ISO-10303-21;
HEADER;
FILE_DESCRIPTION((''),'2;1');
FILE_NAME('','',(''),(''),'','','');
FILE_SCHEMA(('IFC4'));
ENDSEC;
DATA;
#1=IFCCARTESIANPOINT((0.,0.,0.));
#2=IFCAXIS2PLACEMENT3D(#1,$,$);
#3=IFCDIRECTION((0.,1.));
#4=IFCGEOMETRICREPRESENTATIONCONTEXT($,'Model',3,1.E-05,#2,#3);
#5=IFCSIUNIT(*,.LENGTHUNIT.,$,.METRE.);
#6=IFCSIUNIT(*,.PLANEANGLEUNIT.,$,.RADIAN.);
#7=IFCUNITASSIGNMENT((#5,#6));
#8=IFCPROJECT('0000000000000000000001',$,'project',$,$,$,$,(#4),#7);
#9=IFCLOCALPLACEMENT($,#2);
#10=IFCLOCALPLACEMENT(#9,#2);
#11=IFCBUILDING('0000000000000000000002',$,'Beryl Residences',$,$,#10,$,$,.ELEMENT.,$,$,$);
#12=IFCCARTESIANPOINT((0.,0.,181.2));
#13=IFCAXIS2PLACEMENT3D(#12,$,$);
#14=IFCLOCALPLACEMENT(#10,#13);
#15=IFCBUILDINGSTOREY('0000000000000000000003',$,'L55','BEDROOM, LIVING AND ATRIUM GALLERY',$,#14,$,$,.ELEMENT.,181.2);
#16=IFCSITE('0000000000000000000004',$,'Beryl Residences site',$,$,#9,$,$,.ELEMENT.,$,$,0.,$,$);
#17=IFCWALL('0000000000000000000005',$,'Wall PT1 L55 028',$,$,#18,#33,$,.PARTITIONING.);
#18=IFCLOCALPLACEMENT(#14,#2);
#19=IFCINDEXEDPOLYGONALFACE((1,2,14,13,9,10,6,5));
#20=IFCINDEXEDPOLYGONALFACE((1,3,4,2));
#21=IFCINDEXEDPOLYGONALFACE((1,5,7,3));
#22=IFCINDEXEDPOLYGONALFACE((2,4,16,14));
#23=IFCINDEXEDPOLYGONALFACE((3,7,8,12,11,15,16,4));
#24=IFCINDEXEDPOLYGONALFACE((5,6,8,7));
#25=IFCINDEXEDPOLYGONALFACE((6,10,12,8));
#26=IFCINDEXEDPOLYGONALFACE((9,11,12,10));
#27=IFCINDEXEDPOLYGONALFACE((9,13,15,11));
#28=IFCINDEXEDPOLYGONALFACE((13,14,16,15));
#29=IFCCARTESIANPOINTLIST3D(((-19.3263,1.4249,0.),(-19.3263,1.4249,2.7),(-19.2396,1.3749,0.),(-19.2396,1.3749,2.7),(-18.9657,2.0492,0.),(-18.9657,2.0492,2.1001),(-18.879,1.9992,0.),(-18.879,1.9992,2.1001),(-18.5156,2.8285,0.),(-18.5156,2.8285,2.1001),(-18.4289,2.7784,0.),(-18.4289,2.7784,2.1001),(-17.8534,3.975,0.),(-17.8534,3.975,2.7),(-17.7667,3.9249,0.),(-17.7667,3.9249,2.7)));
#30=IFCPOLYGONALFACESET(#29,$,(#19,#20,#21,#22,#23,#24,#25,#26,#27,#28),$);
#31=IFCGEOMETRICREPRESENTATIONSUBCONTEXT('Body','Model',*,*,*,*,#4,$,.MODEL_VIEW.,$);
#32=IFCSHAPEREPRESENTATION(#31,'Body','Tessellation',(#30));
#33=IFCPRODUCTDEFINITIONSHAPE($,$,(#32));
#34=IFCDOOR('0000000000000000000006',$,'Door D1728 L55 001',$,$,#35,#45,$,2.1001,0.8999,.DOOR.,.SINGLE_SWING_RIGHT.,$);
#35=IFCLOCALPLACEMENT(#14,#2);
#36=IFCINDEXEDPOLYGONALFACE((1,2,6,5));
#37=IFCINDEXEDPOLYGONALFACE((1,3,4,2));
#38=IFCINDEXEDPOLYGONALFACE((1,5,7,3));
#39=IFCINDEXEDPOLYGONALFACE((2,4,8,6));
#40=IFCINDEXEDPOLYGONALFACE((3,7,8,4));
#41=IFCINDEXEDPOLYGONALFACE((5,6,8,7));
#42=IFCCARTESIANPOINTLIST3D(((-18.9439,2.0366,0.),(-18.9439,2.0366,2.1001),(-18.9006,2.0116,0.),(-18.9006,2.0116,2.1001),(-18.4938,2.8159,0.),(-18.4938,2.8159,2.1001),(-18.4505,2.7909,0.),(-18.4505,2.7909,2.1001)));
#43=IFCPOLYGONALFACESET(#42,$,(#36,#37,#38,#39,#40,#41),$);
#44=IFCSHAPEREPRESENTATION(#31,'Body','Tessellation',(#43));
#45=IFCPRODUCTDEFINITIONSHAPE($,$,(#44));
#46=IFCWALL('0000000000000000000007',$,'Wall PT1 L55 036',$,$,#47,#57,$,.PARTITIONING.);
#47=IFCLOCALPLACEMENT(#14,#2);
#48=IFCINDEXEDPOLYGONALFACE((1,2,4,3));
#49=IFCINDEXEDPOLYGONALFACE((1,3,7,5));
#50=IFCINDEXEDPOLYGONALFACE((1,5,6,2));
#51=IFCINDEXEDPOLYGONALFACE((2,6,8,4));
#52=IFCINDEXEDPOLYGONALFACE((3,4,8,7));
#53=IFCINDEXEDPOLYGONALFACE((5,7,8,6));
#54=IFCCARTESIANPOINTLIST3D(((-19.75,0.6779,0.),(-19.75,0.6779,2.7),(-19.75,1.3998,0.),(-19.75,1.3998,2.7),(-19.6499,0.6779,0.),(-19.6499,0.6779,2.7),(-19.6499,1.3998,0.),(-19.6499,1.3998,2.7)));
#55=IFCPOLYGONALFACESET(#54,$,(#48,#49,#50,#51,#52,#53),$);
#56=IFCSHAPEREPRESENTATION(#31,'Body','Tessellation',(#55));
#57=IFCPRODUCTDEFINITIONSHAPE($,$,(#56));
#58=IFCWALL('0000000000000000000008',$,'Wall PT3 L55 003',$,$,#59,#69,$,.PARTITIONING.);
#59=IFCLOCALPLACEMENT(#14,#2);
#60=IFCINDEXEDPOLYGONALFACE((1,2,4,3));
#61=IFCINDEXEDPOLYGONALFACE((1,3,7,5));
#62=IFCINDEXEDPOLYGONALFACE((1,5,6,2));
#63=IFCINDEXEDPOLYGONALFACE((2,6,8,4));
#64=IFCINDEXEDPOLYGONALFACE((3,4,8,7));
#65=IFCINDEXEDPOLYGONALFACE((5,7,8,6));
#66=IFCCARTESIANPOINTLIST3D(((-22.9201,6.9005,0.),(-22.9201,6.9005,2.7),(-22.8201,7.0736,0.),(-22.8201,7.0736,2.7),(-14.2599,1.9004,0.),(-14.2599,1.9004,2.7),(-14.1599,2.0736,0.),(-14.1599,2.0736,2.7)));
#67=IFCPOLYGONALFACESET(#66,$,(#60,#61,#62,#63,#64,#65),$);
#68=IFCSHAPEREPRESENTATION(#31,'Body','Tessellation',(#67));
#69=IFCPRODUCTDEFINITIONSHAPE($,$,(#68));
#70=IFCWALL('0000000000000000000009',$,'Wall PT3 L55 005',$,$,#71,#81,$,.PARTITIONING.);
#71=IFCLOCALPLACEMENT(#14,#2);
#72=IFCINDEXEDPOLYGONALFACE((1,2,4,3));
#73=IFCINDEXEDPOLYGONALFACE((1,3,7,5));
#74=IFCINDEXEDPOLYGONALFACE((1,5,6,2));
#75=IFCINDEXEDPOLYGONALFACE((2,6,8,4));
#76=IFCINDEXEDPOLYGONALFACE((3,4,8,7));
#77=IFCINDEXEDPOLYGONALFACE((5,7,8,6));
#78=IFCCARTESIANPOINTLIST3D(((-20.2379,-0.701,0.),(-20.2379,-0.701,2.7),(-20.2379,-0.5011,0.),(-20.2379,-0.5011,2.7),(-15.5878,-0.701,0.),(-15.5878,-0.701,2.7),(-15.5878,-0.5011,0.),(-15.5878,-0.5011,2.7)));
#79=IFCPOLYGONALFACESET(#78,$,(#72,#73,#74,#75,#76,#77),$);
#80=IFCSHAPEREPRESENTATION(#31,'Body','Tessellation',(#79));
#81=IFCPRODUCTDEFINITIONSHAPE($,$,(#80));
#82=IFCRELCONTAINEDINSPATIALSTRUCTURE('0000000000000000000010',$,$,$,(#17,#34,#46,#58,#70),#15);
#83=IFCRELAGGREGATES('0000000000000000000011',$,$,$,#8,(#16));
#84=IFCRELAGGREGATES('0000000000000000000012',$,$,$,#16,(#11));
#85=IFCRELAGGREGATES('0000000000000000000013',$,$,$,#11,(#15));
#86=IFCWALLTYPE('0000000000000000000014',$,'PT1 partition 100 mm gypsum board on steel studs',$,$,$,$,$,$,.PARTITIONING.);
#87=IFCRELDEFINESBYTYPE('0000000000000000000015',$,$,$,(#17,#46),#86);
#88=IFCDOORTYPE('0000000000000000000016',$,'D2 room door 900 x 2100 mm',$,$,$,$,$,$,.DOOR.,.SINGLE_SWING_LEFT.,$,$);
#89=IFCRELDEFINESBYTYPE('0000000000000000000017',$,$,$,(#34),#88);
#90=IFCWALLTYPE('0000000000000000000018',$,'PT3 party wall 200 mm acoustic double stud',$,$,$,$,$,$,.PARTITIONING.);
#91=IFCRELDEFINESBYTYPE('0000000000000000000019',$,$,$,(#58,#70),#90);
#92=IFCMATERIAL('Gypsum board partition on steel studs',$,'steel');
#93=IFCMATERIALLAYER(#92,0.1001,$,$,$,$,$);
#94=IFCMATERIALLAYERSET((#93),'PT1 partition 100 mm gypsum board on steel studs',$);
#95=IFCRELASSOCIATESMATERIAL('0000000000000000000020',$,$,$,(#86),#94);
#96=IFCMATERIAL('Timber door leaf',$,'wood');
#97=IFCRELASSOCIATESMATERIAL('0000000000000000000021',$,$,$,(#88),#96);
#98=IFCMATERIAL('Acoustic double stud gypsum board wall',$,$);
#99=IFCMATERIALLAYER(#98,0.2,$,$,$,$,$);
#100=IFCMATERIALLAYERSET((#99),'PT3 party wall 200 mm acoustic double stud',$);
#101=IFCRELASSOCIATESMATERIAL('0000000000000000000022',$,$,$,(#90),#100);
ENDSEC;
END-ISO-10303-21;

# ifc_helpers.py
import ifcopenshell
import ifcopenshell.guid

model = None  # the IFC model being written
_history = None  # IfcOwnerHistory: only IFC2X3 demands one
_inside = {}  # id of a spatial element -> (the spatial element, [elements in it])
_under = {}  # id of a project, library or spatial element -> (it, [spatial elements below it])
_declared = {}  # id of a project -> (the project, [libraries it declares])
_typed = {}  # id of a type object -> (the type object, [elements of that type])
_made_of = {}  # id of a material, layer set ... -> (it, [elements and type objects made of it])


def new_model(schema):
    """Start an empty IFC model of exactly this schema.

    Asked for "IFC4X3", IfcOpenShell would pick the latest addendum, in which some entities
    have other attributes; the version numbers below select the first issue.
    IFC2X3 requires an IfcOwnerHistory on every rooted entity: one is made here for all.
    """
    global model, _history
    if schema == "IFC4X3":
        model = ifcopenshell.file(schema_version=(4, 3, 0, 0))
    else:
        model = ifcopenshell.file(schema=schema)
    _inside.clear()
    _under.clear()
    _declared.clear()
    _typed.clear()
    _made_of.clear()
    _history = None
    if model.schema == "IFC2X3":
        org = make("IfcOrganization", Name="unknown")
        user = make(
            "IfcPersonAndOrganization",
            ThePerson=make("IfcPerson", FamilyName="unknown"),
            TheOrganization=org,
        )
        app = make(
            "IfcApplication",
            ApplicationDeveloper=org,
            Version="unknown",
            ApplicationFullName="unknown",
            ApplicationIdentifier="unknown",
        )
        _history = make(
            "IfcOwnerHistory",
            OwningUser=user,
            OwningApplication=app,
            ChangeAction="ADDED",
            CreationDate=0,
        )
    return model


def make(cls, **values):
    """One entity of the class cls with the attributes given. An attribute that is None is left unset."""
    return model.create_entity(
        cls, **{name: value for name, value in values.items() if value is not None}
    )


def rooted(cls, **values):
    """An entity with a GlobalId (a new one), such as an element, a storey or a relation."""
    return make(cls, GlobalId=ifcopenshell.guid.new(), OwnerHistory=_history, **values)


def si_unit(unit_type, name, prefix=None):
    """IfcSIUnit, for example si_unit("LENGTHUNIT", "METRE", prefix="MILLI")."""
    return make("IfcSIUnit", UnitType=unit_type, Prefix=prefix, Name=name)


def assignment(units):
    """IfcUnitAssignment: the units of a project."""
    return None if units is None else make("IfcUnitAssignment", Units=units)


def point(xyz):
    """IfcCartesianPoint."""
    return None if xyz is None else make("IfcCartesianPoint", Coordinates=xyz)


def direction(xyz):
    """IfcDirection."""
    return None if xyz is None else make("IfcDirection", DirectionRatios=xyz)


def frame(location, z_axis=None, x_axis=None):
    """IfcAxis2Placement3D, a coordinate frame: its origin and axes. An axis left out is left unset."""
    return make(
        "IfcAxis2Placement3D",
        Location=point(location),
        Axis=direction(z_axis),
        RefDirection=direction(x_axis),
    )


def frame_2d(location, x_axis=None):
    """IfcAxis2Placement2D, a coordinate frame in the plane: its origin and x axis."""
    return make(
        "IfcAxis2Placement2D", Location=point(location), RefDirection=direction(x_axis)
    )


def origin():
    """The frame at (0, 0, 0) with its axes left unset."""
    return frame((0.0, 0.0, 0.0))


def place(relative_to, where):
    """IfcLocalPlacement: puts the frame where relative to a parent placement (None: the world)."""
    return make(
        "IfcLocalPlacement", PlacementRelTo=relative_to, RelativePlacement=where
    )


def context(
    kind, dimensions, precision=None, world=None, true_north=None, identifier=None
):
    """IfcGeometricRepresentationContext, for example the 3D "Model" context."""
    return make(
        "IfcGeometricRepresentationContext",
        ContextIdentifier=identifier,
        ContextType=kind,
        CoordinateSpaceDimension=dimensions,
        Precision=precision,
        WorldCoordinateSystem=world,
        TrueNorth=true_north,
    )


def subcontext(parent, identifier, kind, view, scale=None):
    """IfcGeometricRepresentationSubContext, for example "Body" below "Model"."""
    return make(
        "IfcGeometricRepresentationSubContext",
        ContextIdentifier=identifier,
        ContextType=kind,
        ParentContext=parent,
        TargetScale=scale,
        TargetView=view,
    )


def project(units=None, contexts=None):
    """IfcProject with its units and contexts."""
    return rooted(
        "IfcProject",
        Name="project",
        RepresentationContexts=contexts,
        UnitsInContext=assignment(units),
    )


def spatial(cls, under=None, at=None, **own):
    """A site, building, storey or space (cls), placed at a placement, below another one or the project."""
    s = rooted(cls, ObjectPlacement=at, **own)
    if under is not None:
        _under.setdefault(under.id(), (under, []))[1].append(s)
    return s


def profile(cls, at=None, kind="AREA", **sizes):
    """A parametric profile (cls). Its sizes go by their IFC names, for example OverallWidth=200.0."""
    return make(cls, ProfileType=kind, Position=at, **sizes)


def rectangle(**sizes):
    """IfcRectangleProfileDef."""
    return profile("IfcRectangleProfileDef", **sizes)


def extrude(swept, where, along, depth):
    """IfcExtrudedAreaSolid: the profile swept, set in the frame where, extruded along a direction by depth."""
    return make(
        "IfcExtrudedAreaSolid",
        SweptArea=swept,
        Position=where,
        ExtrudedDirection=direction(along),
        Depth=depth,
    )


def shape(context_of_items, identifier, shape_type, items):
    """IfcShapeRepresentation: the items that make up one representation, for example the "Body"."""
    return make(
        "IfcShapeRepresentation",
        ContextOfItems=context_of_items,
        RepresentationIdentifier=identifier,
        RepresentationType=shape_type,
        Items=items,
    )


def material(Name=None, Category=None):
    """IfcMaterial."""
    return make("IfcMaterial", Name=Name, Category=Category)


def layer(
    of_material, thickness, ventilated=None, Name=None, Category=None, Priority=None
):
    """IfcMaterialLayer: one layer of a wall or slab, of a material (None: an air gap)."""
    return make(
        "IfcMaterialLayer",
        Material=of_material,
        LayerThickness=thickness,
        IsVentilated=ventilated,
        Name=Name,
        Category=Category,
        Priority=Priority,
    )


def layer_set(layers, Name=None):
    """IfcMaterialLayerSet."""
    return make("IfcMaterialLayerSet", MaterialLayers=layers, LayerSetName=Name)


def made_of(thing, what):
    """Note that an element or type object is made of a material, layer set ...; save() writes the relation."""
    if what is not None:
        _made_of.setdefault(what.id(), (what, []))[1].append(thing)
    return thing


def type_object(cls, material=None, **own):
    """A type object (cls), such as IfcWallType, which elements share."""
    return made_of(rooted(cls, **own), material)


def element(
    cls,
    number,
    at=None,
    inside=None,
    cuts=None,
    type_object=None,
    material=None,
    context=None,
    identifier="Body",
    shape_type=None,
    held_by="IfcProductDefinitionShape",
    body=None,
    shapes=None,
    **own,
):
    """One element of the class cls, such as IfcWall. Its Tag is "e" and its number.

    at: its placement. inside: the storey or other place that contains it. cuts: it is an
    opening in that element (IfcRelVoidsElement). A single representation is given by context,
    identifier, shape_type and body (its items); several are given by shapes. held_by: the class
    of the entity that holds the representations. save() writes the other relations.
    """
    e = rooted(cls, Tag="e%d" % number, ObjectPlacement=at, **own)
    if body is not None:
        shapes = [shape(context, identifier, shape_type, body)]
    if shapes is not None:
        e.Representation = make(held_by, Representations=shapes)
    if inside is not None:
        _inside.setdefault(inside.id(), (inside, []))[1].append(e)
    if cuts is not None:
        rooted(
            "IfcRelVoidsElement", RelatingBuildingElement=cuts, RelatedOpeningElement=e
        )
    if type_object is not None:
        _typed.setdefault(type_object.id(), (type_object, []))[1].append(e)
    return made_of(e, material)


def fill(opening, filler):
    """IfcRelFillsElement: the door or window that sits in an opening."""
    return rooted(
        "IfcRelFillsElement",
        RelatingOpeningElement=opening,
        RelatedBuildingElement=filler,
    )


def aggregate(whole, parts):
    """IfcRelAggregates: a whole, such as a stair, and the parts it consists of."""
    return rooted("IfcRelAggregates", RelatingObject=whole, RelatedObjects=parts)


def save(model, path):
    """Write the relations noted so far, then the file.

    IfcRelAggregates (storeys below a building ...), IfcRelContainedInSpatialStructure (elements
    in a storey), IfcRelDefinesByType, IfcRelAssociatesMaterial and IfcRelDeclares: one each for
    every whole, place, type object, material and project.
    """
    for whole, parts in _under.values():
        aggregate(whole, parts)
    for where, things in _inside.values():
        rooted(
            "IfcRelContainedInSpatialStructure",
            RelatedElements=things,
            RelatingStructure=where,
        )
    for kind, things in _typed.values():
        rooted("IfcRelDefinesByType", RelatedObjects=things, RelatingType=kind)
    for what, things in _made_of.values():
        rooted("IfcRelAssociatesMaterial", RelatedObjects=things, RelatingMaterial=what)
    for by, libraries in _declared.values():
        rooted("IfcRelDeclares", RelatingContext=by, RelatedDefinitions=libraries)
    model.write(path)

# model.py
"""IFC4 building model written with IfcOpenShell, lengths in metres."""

from ifc_helpers import new_model, si_unit, direction, frame, frame_2d, origin, place, context, subcontext, project, spatial, rectangle, extrude, material, layer, layer_set, type_object, element, fill, save


model = new_model("IFC4")

# Units and contexts
model_context = context("Model", 3, precision=1e-05, world=origin(), true_north=direction((0.0, 1.0)))
body_context = subcontext(model_context, "Body", "Model", "MODEL_VIEW")
ifc_project = project(units=[si_unit("LENGTHUNIT", "METRE"), si_unit("PLANEANGLEUNIT", "RADIAN")], contexts=[model_context])

# Site, building, storey
site_placement = place(None, origin())
site = spatial("IfcSite", under=ifc_project, at=site_placement, Name="Beryl Residences site", CompositionType="ELEMENT", RefElevation=0.0)
building_placement = place(site_placement, origin())
building = spatial("IfcBuilding", under=site, at=building_placement, Name="Beryl Residences", CompositionType="ELEMENT")
storey_placement = place(building_placement, frame((0.0, 0.0, 181.2)))
storey = spatial("IfcBuildingStorey", under=building, at=storey_placement, Name="L55", Description="BEDROOM, LIVING AND ATRIUM GALLERY", CompositionType="ELEMENT", Elevation=181.2)

# Shared definitions
ifc_material_1 = material(Name="Gypsum board partition on steel studs", Category="steel")
ifc_layer_1 = layer(ifc_material_1, 0.1001)
ifc_layer_set_1 = layer_set([ifc_layer_1], Name="PT1 partition 100 mm gypsum board on steel studs")
wall_type_1 = type_object("IfcWallType", Name="PT1 partition 100 mm gypsum board on steel studs", PredefinedType="PARTITIONING", material=ifc_layer_set_1)
ifc_material_2 = material(Name="Timber door leaf", Category="wood")
door_type = type_object("IfcDoorType", Name="D2 room door 900 x 2100 mm", OperationType="SINGLE_SWING_LEFT", PredefinedType="DOOR", material=ifc_material_2)

# Wall, opening, door
wall_1_placement = place(storey_placement, frame((-19.283, 1.3999, 0.0), z_axis=(0.0, 0.0, 1.0), x_axis=(0.50016, 0.865933, 0.0)))
wall_1 = element("IfcWall", 1, at=wall_1_placement, inside=storey, type_object=wall_type_1, Name="Wall PT1 L55 028", PredefinedType="PARTITIONING", context=body_context, shape_type="SweptSolid", body=[
    extrude(rectangle(XDim=2.9448, YDim=0.1001, at=frame_2d((1.4724, 0.0))), origin(), (0.0, 0.0, 1.0), 2.7),
])
opening_1_placement = place(wall_1_placement, frame((0.7209, 0.0, 0.0)))
opening_1 = element("IfcOpeningElement", 2, at=opening_1_placement, cuts=wall_1, PredefinedType="OPENING", context=body_context, shape_type="SweptSolid", body=[
    extrude(rectangle(XDim=0.8999, YDim=2.1001, at=frame_2d((0.45, 1.05))), frame((0.0, 0.0601, 0.0), z_axis=(0.0, -1.0, 0.0), x_axis=(1.0, 0.0, 0.0)), (0.0, 0.0, 1.0), 0.1201),
])
door_1_placement = place(opening_1_placement, origin())
door_1 = element("IfcDoor", 3, at=door_1_placement, inside=storey, type_object=door_type, Name="Door D1728 L55 001", OperationType="SINGLE_SWING_RIGHT", OverallHeight=2.1001, OverallWidth=0.8999, PredefinedType="DOOR", context=body_context, shape_type="SweptSolid", body=[
    extrude(rectangle(XDim=0.8999, YDim=2.1001, at=frame_2d((0.45, 1.05))), frame((0.0, 0.0249, 0.0), z_axis=(0.0, -1.0, 0.0), x_axis=(1.0, 0.0, 0.0)), (0.0, 0.0, 1.0), 0.05),
])
fill(opening_1, door_1)

# Walls
wall_2_placement = place(storey_placement, frame((-19.7, 0.678, 0.0), z_axis=(0.0, 0.0, 1.0), x_axis=(0.0, 1.0, 0.0)))
element("IfcWall", 4, at=wall_2_placement, inside=storey, type_object=wall_type_1, Name="Wall PT1 L55 036", PredefinedType="PARTITIONING", context=body_context, shape_type="SweptSolid", body=[
    extrude(rectangle(XDim=0.7219, YDim=0.1001, at=frame_2d((0.3608, 0.0))), origin(), (0.0, 0.0, 1.0), 2.7),
])
ifc_material_3 = material(Name="Acoustic double stud gypsum board wall")
ifc_layer_2 = layer(ifc_material_3, 0.2)
ifc_layer_set_2 = layer_set([ifc_layer_2], Name="PT3 party wall 200 mm acoustic double stud")
wall_type_2 = type_object("IfcWallType", Name="PT3 party wall 200 mm acoustic double stud", PredefinedType="PARTITIONING", material=ifc_layer_set_2)
wall_3_placement = place(storey_placement, frame((-22.8701, 6.9871, 0.0), z_axis=(0.0, 0.0, 1.0), x_axis=(0.866023, -0.500004, 0.0)))
element("IfcWall", 5, at=wall_3_placement, inside=storey, type_object=wall_type_2, Name="Wall PT3 L55 003", PredefinedType="PARTITIONING", context=body_context, shape_type="SweptSolid", body=[
    extrude(rectangle(XDim=10.0, YDim=0.2, at=frame_2d((5.0, 0.0))), origin(), (0.0, 0.0, 1.0), 2.7),
])
wall_4_placement = place(storey_placement, frame((-20.238, -0.6011, 0.0), z_axis=(0.0, 0.0, 1.0), x_axis=(1.0, 0.0, 0.0)))
element("IfcWall", 6, at=wall_4_placement, inside=storey, type_object=wall_type_2, Name="Wall PT3 L55 005", PredefinedType="PARTITIONING", context=body_context, shape_type="SweptSolid", body=[
    extrude(rectangle(XDim=4.6501, YDim=0.2, at=frame_2d((2.3252, 0.0))), origin(), (0.0, 0.0, 1.0), 2.7),
])

save(model, "model.ifc")
